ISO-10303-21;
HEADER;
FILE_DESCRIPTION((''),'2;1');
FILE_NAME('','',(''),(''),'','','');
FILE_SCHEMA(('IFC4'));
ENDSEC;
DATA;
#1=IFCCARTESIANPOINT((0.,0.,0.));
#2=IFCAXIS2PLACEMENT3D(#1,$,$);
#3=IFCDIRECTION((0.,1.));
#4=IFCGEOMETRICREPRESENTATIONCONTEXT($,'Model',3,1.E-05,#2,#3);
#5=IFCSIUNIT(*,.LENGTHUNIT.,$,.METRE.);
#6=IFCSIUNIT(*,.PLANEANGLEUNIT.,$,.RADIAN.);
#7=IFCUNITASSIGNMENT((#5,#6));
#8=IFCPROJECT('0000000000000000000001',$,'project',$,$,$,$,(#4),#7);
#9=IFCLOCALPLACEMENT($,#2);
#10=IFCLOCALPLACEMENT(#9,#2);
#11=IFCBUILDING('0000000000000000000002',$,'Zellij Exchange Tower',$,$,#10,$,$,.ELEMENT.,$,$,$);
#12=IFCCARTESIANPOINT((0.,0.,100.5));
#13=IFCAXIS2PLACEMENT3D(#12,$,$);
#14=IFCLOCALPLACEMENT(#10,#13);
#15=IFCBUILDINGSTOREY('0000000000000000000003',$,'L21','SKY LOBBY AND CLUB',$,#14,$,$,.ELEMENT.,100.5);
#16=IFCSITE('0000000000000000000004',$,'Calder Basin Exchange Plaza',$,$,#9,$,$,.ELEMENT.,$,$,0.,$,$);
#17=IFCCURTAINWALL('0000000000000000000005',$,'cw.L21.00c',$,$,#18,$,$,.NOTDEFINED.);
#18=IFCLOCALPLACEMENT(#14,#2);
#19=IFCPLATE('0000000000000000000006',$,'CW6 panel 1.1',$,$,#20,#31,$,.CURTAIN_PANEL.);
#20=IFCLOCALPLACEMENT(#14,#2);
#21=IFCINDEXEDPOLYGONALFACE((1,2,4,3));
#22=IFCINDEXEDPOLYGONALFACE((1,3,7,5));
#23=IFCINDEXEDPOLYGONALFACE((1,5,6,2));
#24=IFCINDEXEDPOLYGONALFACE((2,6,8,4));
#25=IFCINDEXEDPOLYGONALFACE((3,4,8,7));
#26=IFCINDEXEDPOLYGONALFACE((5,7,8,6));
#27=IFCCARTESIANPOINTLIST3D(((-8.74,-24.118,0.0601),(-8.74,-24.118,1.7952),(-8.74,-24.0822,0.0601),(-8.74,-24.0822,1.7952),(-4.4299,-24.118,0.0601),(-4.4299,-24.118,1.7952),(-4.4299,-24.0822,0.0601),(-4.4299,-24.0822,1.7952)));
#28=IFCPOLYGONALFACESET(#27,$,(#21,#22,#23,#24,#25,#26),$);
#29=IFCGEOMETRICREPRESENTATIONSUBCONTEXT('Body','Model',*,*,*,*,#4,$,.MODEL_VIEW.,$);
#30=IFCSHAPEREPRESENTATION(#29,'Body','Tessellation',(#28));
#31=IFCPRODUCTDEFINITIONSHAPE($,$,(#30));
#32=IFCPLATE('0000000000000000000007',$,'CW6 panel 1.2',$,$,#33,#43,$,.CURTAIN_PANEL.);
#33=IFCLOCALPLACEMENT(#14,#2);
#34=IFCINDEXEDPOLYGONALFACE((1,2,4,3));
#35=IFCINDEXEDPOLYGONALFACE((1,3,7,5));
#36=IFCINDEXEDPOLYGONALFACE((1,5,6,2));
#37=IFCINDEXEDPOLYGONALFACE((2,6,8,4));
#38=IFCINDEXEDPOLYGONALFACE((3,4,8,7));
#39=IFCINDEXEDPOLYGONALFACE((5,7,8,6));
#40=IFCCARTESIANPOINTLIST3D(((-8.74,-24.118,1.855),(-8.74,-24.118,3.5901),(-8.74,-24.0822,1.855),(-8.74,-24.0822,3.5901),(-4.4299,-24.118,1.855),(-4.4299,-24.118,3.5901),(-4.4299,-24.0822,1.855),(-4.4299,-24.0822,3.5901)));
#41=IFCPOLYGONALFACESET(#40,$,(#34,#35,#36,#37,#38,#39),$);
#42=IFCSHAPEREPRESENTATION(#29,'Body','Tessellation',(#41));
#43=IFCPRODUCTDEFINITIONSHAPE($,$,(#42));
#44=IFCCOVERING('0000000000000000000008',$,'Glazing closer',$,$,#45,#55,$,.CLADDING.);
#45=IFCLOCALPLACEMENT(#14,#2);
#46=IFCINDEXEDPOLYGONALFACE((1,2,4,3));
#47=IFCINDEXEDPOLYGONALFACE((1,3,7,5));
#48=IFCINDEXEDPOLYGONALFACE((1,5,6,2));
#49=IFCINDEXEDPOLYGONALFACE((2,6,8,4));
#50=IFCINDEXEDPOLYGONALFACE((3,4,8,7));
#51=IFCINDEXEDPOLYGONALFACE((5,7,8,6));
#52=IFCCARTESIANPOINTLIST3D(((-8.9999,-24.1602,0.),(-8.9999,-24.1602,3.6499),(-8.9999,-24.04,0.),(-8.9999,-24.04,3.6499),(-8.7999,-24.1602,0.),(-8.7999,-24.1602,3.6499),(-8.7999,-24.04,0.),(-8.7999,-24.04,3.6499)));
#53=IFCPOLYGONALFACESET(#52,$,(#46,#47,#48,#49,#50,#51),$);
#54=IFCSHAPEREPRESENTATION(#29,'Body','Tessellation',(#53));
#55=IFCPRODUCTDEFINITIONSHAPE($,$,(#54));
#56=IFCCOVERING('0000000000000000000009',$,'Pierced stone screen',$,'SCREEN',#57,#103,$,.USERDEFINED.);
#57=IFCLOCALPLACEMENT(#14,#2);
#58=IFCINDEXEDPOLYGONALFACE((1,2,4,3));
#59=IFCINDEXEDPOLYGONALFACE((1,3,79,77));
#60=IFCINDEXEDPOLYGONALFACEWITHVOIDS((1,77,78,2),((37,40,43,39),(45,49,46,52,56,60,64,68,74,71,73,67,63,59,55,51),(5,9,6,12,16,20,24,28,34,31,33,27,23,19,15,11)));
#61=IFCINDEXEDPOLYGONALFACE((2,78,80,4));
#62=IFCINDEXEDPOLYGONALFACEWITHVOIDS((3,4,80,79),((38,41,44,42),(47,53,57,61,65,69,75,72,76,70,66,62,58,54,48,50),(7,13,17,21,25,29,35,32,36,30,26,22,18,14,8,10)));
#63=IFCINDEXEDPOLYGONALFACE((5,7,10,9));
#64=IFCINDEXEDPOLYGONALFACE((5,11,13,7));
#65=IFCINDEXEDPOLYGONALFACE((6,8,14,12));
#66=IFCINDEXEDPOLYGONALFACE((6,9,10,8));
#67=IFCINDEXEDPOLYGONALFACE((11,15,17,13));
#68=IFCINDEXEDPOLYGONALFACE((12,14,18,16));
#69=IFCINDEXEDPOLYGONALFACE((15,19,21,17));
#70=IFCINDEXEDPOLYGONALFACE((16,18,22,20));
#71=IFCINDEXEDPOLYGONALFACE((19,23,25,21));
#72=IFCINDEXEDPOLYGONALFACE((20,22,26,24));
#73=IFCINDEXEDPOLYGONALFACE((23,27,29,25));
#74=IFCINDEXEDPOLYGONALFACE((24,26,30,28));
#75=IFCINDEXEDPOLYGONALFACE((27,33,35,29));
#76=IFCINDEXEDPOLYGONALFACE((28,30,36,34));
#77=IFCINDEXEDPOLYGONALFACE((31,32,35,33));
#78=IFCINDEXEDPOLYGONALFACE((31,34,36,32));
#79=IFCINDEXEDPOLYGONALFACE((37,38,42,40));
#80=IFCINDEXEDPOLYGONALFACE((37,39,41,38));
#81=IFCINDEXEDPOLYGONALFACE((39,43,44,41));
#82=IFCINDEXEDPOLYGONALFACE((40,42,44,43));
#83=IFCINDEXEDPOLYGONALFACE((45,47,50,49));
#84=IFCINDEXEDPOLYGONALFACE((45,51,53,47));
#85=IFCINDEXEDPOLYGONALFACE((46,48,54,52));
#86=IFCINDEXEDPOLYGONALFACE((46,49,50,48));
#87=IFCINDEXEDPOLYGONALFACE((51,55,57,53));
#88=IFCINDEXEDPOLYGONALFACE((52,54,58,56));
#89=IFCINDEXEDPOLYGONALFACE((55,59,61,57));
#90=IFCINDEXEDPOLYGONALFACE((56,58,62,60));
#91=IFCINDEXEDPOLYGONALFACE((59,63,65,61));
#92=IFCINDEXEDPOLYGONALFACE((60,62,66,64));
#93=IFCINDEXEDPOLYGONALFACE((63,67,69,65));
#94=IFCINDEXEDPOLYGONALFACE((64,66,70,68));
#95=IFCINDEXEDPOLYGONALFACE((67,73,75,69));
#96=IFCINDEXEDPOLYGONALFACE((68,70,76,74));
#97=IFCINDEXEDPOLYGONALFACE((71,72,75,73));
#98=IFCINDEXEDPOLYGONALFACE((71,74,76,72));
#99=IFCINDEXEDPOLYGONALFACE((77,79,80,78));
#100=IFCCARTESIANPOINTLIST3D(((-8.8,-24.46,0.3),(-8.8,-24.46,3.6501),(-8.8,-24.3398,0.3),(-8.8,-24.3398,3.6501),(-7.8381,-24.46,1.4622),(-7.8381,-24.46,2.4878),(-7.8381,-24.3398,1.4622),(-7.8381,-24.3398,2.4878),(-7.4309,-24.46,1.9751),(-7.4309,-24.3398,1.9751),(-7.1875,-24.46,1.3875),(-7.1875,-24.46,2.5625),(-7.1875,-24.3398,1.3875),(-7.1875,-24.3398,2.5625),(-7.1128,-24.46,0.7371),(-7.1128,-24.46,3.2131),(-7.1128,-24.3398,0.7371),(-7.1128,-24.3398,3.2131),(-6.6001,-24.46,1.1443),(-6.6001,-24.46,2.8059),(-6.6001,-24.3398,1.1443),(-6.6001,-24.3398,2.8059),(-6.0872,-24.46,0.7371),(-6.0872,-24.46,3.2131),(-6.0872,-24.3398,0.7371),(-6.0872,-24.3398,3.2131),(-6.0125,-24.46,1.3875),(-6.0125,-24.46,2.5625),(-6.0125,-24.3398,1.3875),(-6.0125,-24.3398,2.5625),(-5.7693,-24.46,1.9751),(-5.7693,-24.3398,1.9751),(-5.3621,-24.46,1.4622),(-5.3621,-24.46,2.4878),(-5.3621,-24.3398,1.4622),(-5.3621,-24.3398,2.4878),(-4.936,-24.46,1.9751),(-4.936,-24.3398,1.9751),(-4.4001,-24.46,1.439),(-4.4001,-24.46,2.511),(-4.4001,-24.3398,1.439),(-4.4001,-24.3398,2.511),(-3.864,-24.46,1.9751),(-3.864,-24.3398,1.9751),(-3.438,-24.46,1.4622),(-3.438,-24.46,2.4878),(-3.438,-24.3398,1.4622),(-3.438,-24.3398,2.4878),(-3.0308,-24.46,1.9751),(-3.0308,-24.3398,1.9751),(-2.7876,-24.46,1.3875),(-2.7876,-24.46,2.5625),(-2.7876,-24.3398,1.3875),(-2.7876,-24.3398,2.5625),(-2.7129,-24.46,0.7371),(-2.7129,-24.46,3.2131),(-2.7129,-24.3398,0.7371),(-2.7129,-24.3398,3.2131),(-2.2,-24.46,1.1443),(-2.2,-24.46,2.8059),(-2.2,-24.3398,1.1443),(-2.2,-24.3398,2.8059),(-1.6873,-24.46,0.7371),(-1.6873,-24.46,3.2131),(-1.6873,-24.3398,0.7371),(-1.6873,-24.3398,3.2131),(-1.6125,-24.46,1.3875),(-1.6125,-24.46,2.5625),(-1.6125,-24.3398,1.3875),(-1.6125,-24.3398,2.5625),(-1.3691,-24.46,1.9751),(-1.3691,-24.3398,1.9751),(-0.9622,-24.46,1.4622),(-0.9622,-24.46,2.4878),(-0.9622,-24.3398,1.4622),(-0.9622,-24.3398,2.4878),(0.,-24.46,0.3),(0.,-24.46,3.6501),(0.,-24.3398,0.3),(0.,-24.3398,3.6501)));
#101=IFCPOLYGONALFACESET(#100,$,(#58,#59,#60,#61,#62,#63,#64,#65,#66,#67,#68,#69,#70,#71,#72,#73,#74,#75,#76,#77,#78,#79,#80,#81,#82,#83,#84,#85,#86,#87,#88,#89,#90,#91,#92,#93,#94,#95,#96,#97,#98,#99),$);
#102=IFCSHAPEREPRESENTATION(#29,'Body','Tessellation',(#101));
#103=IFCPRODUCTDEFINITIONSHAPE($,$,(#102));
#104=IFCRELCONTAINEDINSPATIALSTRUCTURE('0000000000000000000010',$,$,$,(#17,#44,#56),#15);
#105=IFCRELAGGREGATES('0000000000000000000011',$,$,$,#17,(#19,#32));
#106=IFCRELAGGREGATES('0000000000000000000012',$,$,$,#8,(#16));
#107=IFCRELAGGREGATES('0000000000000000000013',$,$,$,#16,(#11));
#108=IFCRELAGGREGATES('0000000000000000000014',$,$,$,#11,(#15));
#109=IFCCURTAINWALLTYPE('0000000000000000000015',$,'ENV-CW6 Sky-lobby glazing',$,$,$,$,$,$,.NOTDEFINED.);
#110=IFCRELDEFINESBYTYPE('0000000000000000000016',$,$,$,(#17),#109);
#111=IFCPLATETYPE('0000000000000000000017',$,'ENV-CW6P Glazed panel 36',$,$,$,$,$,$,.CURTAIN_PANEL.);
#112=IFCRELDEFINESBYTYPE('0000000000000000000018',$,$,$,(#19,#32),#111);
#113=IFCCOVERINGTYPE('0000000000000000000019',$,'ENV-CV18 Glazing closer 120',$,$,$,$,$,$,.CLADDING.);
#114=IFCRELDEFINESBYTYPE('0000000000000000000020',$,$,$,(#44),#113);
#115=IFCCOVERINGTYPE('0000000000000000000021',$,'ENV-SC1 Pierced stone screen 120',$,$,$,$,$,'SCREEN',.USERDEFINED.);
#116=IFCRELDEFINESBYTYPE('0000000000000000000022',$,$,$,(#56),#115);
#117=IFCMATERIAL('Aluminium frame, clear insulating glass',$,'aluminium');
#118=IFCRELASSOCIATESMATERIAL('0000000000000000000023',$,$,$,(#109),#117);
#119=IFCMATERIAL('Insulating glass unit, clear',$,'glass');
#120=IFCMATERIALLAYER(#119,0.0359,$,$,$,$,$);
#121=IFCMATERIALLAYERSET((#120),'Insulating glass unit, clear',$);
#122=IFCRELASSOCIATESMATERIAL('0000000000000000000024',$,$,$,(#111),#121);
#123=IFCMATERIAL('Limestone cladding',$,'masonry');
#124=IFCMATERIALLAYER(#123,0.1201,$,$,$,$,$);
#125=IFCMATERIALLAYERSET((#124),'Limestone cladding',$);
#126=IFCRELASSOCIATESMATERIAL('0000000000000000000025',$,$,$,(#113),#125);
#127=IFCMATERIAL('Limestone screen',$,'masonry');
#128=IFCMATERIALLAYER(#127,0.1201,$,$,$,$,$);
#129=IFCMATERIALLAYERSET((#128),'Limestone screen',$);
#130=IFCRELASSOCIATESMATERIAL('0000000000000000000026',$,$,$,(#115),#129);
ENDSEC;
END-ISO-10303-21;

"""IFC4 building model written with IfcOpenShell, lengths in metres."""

from ifc_helpers import new_model, si_unit, direction, frame, origin, origin_2d, place, context, subcontext, project, spatial, polyline, rectangle, outline, extrude, material, layer, layer_set, type_object, element, aggregate, save


model = new_model("IFC4")

# Units and contexts
model_context = context("Model", 3, precision=1e-05, world=origin(), true_north=direction((0.0, 1.0)))
body_context = subcontext(model_context, "Body", "Model", "MODEL_VIEW")
ifc_project = project(units=[si_unit("LENGTHUNIT", "METRE"), si_unit("PLANEANGLEUNIT", "RADIAN")], contexts=[model_context])

# Site, building, storey
site_placement = place(None, origin())
site = spatial("IfcSite", under=ifc_project, at=site_placement, Name="Calder Basin Exchange Plaza", CompositionType="ELEMENT", RefElevation=0.0)
building_placement = place(site_placement, origin())
building = spatial("IfcBuilding", under=site, at=building_placement, Name="Zellij Exchange Tower", CompositionType="ELEMENT")
storey_placement = place(building_placement, frame((0.0, 0.0, 100.5)))
storey = spatial("IfcBuildingStorey", under=building, at=storey_placement, Name="L21", Description="SKY LOBBY AND CLUB", CompositionType="ELEMENT", Elevation=100.5)

# Curtain wall
ifc_material_1 = material(Name="Aluminium frame, clear insulating glass", Category="aluminium")
curtain_wall_type = type_object("IfcCurtainWallType", Name="ENV-CW6 Sky-lobby glazing", PredefinedType="NOTDEFINED", material=ifc_material_1)
curtain_wall_placement = place(storey_placement, origin())
curtain_wall = element("IfcCurtainWall", 1, at=curtain_wall_placement, inside=storey, type_object=curtain_wall_type, Name="cw.L21.00c", PredefinedType="NOTDEFINED")

# Plates
ifc_material_2 = material(Name="Insulating glass unit, clear", Category="glass")
ifc_layer_1 = layer(ifc_material_2, 0.0359)
ifc_layer_set_1 = layer_set([ifc_layer_1], Name="Insulating glass unit, clear")
plate_type = type_object("IfcPlateType", Name="ENV-CW6P Glazed panel 36", PredefinedType="CURTAIN_PANEL", material=ifc_layer_set_1)
plate_1_placement = place(storey_placement, frame((-6.585, -24.1001, 0.0601), z_axis=(0.0, 0.0, 1.0), x_axis=(1.0, 0.0, 0.0)))
plate_1 = element("IfcPlate", 2, at=plate_1_placement, type_object=plate_type, Name="CW6 panel 1.1", PredefinedType="CURTAIN_PANEL", context=body_context, shape_type="SweptSolid", body=[
    extrude(rectangle(XDim=4.3101, YDim=0.0359, at=origin_2d()), origin(), (0.0, 0.0, 1.0), 1.7351),
])
plate_2_placement = place(storey_placement, frame((-6.585, -24.1001, 1.855), z_axis=(0.0, 0.0, 1.0), x_axis=(1.0, 0.0, 0.0)))
plate_2 = element("IfcPlate", 3, at=plate_2_placement, type_object=plate_type, Name="CW6 panel 1.2", PredefinedType="CURTAIN_PANEL", context=body_context, shape_type="SweptSolid", body=[
    extrude(rectangle(XDim=4.3101, YDim=0.0359, at=origin_2d()), origin(), (0.0, 0.0, 1.0), 1.7351),
])
aggregate(curtain_wall, [plate_1, plate_2])

# Coverings
ifc_material_3 = material(Name="Limestone cladding", Category="masonry")
ifc_layer_2 = layer(ifc_material_3, 0.1201)
ifc_layer_set_2 = layer_set([ifc_layer_2], Name="Limestone cladding")
covering_type_1 = type_object("IfcCoveringType", Name="ENV-CV18 Glazing closer 120", PredefinedType="CLADDING", material=ifc_layer_set_2)
covering_1_placement = place(storey_placement, frame((-8.8999, -24.1001, 0.0), z_axis=(0.0, 0.0, 1.0), x_axis=(-1.0, 0.0, 0.0)))
element("IfcCovering", 4, at=covering_1_placement, inside=storey, type_object=covering_type_1, Name="Glazing closer", PredefinedType="CLADDING", context=body_context, shape_type="SweptSolid", body=[
    extrude(rectangle(XDim=0.2, YDim=0.1201, at=origin_2d()), origin(), (0.0, 0.0, 1.0), 3.6499),
])
ifc_material_4 = material(Name="Limestone screen", Category="masonry")
ifc_layer_3 = layer(ifc_material_4, 0.1201)
ifc_layer_set_3 = layer_set([ifc_layer_3], Name="Limestone screen")
covering_type_2 = type_object("IfcCoveringType", Name="ENV-SC1 Pierced stone screen 120", ElementType="SCREEN", PredefinedType="USERDEFINED", material=ifc_layer_set_3)
covering_2_placement = place(storey_placement, frame((-8.8, -24.3999, 0.3), z_axis=(0.0, 0.0, 1.0), x_axis=(1.0, 0.0, 0.0)))
element("IfcCovering", 5, at=covering_2_placement, inside=storey, type_object=covering_type_2, Name="Pierced stone screen", ObjectType="SCREEN", PredefinedType="USERDEFINED", context=body_context, shape_type="SweptSolid", body=[
    extrude(outline(polyline([(0.0, 0.0), (8.8, 0.0), (8.8, 3.3501), (0.0, 3.3501), (0.0, 0.0)]), holes=[polyline([(3.438, 2.1877), (2.7876, 2.2625), (2.7129, 2.9131), (2.2, 2.5059), (1.6873, 2.9131), (1.6125, 2.2625), (0.9619, 2.1877), (1.3691, 1.675), (0.9619, 1.1621), (1.6125, 1.0874), (1.6873, 0.437), (2.2, 0.8442), (2.7129, 0.437), (2.7876, 1.0874), (3.438, 1.1621), (3.0308, 1.675), (3.438, 2.1877)]), polyline([(7.8379, 2.1877), (7.1875, 2.2625), (7.1128, 2.9131), (6.6001, 2.5059), (6.0872, 2.9131), (6.0125, 2.2625), (5.3621, 2.1877), (5.7693, 1.675), (5.3621, 1.1621), (6.0125, 1.0874), (6.0872, 0.437), (6.6001, 0.8442), (7.1128, 0.437), (7.1875, 1.0874), (7.8379, 1.1621), (7.4309, 1.675), (7.8379, 2.1877)]), polyline([(4.936, 1.675), (4.3999, 2.2109), (3.864, 1.675), (4.3999, 1.1389), (4.936, 1.675)])]), frame((0.0, 0.0601, 0.0), z_axis=(0.0, -1.0, 0.0), x_axis=(1.0, 0.0, 0.0)), (0.0, 0.0, 1.0), 0.1201),
])

save(model, "model.ifc")
